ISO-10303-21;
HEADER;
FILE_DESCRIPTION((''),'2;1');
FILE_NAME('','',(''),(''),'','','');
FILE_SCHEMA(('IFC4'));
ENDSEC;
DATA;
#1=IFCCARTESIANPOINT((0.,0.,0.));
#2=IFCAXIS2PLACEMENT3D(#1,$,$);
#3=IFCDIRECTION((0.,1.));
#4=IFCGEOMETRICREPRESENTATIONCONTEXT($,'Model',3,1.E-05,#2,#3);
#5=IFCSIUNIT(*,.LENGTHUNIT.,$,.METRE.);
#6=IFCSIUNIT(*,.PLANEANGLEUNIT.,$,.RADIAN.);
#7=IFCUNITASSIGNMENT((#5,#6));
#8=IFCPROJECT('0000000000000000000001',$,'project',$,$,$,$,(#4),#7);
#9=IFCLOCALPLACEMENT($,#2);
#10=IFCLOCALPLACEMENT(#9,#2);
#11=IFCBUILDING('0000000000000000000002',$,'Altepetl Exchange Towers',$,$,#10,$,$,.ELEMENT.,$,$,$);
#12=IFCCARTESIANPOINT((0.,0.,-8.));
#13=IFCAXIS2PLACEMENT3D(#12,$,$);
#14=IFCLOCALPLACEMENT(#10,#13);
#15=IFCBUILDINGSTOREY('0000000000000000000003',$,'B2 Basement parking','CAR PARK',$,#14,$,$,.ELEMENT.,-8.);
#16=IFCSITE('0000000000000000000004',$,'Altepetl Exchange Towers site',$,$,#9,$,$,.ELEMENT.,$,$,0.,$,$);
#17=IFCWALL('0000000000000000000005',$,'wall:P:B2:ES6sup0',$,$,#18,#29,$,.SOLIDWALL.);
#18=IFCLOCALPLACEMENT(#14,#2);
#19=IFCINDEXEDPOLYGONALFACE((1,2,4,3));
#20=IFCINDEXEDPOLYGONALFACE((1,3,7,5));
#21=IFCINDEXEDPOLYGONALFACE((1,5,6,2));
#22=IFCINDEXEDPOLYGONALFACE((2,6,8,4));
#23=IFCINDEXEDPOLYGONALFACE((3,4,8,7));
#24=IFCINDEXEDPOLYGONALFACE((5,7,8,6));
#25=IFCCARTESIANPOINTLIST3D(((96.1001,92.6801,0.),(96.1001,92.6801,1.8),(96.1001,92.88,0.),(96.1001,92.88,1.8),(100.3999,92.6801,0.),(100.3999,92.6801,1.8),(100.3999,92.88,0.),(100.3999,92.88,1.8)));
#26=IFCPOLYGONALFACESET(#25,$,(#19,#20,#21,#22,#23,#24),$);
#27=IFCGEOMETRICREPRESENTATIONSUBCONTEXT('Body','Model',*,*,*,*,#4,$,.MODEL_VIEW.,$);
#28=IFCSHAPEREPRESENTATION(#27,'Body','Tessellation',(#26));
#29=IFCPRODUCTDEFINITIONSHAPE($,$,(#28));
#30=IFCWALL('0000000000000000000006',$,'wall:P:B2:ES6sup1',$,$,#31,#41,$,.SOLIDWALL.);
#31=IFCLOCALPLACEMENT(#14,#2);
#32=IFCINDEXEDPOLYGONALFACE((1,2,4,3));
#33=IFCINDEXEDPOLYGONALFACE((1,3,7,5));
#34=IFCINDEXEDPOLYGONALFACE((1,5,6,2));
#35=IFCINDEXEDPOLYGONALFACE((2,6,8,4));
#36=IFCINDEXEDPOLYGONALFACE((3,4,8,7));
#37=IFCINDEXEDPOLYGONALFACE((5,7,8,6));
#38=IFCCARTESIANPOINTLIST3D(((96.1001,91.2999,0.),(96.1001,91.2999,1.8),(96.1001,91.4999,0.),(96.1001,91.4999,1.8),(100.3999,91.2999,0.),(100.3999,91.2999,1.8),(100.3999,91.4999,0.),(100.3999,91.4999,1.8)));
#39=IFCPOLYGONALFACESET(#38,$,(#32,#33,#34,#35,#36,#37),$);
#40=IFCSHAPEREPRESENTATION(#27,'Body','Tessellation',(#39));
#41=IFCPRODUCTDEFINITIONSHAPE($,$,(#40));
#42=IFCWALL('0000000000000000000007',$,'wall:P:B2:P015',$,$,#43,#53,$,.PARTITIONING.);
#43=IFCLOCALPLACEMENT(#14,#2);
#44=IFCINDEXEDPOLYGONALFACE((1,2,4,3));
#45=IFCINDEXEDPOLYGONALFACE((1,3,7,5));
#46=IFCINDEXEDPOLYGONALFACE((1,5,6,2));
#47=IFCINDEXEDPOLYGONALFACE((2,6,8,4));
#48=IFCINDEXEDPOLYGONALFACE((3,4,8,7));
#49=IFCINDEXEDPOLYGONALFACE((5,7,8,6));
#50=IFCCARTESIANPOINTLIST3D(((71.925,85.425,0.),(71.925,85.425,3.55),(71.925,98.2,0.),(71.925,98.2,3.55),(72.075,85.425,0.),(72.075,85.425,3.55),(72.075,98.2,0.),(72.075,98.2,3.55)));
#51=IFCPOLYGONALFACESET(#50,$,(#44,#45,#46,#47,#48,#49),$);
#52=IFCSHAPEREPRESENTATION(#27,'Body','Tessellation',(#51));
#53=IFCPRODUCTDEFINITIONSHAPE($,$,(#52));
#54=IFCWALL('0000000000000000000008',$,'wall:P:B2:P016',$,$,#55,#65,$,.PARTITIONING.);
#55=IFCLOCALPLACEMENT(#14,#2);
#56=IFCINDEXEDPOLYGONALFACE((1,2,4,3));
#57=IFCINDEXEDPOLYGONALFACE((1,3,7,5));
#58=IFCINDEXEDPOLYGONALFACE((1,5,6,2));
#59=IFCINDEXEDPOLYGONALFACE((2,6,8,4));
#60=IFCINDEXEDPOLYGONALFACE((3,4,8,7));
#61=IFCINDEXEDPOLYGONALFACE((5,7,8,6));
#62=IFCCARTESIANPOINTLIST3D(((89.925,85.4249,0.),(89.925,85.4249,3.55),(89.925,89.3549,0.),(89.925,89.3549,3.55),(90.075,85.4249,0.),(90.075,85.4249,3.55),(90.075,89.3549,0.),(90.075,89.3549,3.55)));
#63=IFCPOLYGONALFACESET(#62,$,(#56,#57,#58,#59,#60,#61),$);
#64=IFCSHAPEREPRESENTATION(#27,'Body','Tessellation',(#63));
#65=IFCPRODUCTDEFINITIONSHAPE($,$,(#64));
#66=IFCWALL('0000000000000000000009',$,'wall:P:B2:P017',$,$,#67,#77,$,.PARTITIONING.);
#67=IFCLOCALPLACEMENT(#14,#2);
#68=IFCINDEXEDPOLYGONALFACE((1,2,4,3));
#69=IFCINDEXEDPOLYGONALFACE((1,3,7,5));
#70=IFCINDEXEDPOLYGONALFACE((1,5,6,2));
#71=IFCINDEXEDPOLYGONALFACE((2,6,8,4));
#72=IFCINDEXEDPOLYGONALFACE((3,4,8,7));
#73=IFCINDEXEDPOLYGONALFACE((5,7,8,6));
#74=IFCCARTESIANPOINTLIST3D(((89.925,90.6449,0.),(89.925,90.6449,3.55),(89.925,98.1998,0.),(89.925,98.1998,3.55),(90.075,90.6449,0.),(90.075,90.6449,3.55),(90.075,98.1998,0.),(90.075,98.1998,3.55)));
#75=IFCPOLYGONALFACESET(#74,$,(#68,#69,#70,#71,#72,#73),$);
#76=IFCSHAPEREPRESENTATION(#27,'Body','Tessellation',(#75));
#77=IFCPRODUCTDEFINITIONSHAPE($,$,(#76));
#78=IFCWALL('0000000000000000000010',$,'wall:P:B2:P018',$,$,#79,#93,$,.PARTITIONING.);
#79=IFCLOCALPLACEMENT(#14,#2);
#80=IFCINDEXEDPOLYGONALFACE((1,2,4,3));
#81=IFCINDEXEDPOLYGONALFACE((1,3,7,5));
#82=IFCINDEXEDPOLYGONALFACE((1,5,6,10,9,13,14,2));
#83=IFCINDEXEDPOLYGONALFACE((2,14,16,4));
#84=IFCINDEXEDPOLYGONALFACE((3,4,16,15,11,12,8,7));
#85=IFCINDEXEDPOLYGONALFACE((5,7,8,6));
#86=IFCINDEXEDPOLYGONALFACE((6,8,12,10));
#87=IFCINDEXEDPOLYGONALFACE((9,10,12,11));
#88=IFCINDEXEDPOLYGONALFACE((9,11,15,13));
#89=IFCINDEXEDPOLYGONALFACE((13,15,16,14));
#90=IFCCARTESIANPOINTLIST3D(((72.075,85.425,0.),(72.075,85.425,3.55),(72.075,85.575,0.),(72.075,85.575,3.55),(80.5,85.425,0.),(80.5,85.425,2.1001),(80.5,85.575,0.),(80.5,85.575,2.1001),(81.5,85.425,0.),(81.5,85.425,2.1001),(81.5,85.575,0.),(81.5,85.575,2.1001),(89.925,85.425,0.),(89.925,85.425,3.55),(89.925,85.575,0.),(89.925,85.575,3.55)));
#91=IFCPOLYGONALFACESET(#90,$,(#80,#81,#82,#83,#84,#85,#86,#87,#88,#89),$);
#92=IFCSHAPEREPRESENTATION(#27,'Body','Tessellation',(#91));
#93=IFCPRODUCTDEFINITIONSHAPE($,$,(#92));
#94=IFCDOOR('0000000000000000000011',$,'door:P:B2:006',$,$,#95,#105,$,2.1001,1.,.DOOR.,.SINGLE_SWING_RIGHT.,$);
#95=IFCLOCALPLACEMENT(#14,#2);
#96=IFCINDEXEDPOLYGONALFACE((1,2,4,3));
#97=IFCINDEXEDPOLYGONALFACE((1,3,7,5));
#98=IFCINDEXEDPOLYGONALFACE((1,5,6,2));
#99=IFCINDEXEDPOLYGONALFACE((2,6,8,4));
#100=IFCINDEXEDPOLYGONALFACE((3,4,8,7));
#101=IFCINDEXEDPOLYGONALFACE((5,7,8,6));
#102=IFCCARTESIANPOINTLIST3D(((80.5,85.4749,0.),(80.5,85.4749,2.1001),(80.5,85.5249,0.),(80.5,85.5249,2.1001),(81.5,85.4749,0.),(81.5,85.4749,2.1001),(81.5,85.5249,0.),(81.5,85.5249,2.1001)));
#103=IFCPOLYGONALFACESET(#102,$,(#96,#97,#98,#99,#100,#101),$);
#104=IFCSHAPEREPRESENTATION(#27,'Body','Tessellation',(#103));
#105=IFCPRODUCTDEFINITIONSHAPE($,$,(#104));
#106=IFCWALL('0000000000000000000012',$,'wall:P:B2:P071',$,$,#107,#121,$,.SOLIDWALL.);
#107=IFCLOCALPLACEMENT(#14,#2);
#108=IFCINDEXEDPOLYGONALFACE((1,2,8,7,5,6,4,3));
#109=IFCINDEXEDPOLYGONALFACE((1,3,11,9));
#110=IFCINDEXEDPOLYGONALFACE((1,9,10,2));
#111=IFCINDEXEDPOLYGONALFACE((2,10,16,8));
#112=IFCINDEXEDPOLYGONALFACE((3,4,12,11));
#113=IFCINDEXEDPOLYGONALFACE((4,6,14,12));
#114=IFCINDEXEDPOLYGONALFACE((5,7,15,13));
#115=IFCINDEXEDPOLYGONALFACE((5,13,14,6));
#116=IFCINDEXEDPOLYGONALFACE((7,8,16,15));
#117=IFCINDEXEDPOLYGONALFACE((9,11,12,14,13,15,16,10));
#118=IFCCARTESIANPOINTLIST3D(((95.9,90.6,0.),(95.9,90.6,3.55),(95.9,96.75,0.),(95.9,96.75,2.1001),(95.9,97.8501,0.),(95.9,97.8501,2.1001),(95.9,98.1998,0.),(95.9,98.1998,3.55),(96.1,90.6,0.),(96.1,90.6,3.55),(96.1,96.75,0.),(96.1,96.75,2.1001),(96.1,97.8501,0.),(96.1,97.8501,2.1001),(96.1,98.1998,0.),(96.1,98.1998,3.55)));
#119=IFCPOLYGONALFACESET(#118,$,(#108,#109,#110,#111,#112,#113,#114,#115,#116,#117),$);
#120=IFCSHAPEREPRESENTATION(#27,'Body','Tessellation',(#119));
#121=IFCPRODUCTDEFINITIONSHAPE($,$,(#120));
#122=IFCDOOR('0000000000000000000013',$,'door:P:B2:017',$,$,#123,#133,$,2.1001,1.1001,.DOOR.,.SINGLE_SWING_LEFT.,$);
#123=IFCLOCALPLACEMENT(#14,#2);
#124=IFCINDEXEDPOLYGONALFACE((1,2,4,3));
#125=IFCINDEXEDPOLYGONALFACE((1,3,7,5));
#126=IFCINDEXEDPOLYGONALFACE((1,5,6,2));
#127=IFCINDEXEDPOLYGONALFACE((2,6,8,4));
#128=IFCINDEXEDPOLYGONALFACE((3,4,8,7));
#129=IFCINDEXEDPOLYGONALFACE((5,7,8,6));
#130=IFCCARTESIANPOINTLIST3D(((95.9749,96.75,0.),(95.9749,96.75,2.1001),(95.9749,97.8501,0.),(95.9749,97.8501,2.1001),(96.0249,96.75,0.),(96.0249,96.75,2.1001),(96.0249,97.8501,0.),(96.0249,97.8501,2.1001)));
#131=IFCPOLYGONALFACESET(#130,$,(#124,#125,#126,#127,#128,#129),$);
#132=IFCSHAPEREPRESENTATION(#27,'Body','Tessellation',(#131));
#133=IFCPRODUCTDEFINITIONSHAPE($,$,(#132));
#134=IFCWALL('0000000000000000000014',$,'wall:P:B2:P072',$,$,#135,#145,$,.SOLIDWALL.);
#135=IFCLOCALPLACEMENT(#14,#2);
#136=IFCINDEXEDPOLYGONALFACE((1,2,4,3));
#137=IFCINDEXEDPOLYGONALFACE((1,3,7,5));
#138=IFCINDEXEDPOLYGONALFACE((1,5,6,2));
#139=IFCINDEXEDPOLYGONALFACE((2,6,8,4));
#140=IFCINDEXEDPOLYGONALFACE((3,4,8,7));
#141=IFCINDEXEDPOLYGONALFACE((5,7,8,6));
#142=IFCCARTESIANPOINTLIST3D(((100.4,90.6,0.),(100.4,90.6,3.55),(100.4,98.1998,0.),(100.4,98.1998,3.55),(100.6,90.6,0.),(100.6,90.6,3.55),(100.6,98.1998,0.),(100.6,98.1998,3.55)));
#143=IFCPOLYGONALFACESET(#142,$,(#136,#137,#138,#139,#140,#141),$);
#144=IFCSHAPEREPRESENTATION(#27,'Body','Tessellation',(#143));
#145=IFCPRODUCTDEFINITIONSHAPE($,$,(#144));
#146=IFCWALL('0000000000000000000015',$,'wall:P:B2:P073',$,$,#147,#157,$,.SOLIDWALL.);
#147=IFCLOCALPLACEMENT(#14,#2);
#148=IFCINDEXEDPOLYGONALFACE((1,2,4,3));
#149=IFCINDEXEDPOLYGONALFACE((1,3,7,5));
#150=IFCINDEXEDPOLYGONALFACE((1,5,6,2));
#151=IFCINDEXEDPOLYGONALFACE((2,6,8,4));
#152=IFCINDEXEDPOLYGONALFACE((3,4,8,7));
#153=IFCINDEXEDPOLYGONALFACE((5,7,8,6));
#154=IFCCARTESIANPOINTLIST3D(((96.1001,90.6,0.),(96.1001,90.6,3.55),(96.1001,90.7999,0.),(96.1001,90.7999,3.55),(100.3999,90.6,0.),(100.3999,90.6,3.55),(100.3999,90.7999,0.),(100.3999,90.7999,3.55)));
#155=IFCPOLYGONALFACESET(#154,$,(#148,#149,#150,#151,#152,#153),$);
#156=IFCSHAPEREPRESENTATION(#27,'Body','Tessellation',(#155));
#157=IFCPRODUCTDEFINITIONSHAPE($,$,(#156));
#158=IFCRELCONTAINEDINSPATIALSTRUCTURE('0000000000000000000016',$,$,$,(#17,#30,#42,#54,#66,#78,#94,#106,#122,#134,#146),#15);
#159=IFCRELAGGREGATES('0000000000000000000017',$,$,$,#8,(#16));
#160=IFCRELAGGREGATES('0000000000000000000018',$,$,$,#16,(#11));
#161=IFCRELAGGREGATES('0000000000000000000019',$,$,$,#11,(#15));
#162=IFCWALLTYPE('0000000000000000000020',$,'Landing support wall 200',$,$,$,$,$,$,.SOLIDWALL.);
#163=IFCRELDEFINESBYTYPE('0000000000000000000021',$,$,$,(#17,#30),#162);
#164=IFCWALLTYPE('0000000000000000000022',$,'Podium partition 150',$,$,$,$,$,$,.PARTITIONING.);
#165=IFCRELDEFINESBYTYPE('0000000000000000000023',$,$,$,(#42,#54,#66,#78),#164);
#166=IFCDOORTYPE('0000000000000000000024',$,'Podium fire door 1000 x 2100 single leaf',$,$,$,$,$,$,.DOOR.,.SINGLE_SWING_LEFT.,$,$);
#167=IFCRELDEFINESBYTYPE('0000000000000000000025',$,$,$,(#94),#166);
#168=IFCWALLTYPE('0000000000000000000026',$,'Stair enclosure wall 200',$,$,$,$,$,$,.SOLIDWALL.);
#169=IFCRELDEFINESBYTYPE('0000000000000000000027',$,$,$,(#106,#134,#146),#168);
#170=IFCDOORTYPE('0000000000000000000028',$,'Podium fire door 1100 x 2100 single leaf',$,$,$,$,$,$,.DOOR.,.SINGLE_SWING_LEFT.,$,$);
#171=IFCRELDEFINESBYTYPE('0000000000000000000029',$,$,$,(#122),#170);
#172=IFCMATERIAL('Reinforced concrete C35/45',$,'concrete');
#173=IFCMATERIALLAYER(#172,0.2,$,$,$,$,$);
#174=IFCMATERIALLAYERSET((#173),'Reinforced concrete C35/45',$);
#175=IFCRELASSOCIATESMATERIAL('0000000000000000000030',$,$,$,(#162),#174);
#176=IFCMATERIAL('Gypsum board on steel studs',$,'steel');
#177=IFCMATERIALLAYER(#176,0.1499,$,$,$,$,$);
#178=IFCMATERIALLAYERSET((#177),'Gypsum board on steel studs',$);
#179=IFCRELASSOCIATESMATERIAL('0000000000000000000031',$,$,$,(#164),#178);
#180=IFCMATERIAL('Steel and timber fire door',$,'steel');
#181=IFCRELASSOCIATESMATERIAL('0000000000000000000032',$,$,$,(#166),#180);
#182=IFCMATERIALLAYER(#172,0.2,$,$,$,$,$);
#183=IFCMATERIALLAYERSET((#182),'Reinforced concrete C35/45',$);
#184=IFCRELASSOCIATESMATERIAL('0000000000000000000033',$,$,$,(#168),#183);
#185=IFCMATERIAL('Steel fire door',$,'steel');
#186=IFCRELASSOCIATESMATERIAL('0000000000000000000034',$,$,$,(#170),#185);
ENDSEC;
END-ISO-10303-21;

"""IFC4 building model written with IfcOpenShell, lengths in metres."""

from ifc_helpers import new_model, si_unit, direction, frame, frame_2d, origin, place, context, subcontext, project, spatial, rectangle, extrude, material, layer, layer_set, type_object, element, fill, save


model = new_model("IFC4")

# Units and contexts
model_context = context("Model", 3, precision=1e-05, world=origin(), true_north=direction((0.0, 1.0)))
body_context = subcontext(model_context, "Body", "Model", "MODEL_VIEW")
ifc_project = project(units=[si_unit("LENGTHUNIT", "METRE"), si_unit("PLANEANGLEUNIT", "RADIAN")], contexts=[model_context])

# Site, building, storey
site_placement = place(None, origin())
site = spatial("IfcSite", under=ifc_project, at=site_placement, Name="Altepetl Exchange Towers site", CompositionType="ELEMENT", RefElevation=0.0)
building_placement = place(site_placement, origin())
building = spatial("IfcBuilding", under=site, at=building_placement, Name="Altepetl Exchange Towers", CompositionType="ELEMENT")
storey_placement = place(building_placement, frame((0.0, 0.0, -8.0)))
storey = spatial("IfcBuildingStorey", under=building, at=storey_placement, Name="B2 Basement parking", Description="CAR PARK", CompositionType="ELEMENT", Elevation=-8.0)

# Walls
ifc_material_1 = material(Name="Reinforced concrete C35/45", Category="concrete")
ifc_layer_1 = layer(ifc_material_1, 0.2)
ifc_layer_set_1 = layer_set([ifc_layer_1], Name="Reinforced concrete C35/45")
wall_type_1 = type_object("IfcWallType", Name="Landing support wall 200", PredefinedType="SOLIDWALL", material=ifc_layer_set_1)
for number, where, z_axis, x_axis, name in (
    (1, (100.3999, 92.78, 0.0), (0.0, 0.0, 1.0), (-1.0, 0.0, 0.0), "wall:P:B2:ES6sup0"),
    (2, (100.3999, 91.3999, 0.0), (0.0, 0.0, 1.0), (-1.0, 0.0, 0.0), "wall:P:B2:ES6sup1"),
):
    element("IfcWall", number, at=place(storey_placement, frame(where, z_axis=z_axis, x_axis=x_axis)), inside=storey, type_object=wall_type_1, Name=name, PredefinedType="SOLIDWALL", context=body_context, shape_type="SweptSolid", body=[
        extrude(rectangle(XDim=4.2998, YDim=0.2, at=frame_2d((2.1499, 0.0))), origin(), (0.0, 0.0, 1.0), 1.8),
    ])
ifc_material_2 = material(Name="Gypsum board on steel studs", Category="steel")
ifc_layer_2 = layer(ifc_material_2, 0.1499)
ifc_layer_set_2 = layer_set([ifc_layer_2], Name="Gypsum board on steel studs")
wall_type_2 = type_object("IfcWallType", Name="Podium partition 150", PredefinedType="PARTITIONING", material=ifc_layer_set_2)
wall_1_placement = place(storey_placement, frame((72.0, 85.425, 0.0), z_axis=(0.0, 0.0, 1.0), x_axis=(0.0, 1.0, 0.0)))
element("IfcWall", 3, at=wall_1_placement, inside=storey, type_object=wall_type_2, Name="wall:P:B2:P015", PredefinedType="PARTITIONING", context=body_context, shape_type="SweptSolid", body=[
    extrude(rectangle(XDim=12.7749, YDim=0.1499, at=frame_2d((6.3875, 0.0))), origin(), (0.0, 0.0, 1.0), 3.55),
])
wall_2_placement = place(storey_placement, frame((90.0, 85.425, 0.0), z_axis=(0.0, 0.0, 1.0), x_axis=(0.0, 1.0, 0.0)))
element("IfcWall", 4, at=wall_2_placement, inside=storey, type_object=wall_type_2, Name="wall:P:B2:P016", PredefinedType="PARTITIONING", context=body_context, shape_type="SweptSolid", body=[
    extrude(rectangle(XDim=3.9299, YDim=0.1499, at=frame_2d((1.9648, 0.0))), origin(), (0.0, 0.0, 1.0), 3.55),
])
wall_3_placement = place(storey_placement, frame((90.0, 90.645, 0.0), z_axis=(0.0, 0.0, 1.0), x_axis=(0.0, 1.0, 0.0)))
element("IfcWall", 5, at=wall_3_placement, inside=storey, type_object=wall_type_2, Name="wall:P:B2:P017", PredefinedType="PARTITIONING", context=body_context, shape_type="SweptSolid", body=[
    extrude(rectangle(XDim=7.5549, YDim=0.1499, at=frame_2d((3.7773, 0.0))), origin(), (0.0, 0.0, 1.0), 3.55),
])

# Walls, openings, doors
wall_4_placement = place(storey_placement, frame((72.075, 85.5, 0.0)))
wall_4 = element("IfcWall", 6, at=wall_4_placement, inside=storey, type_object=wall_type_2, Name="wall:P:B2:P018", PredefinedType="PARTITIONING", context=body_context, shape_type="SweptSolid", body=[
    extrude(rectangle(XDim=17.8501, YDim=0.1499, at=frame_2d((8.925, 0.0))), origin(), (0.0, 0.0, 1.0), 3.55),
])
opening_1_placement = place(wall_4_placement, frame((8.425, 0.0, 0.0)))
opening_1 = element("IfcOpeningElement", 7, at=opening_1_placement, cuts=wall_4, PredefinedType="OPENING", context=body_context, shape_type="SweptSolid", body=[
    extrude(rectangle(XDim=1.0, YDim=2.1001, at=frame_2d((0.5, 1.05))), frame((0.0, 0.085, 0.0), z_axis=(0.0, -1.0, 0.0), x_axis=(1.0, 0.0, 0.0)), (0.0, 0.0, 1.0), 0.1699),
])
ifc_material_3 = material(Name="Steel and timber fire door", Category="steel")
door_type_1 = type_object("IfcDoorType", Name="Podium fire door 1000 x 2100 single leaf", OperationType="SINGLE_SWING_LEFT", PredefinedType="DOOR", material=ifc_material_3)
door_1_placement = place(opening_1_placement, origin())
door_1 = element("IfcDoor", 8, at=door_1_placement, inside=storey, type_object=door_type_1, Name="door:P:B2:006", OperationType="SINGLE_SWING_RIGHT", OverallHeight=2.1001, OverallWidth=1.0, PredefinedType="DOOR", context=body_context, shape_type="SweptSolid", body=[
    extrude(rectangle(XDim=1.0, YDim=2.1001, at=frame_2d((0.5, 1.05))), frame((0.0, 0.0249, 0.0), z_axis=(0.0, -1.0, 0.0), x_axis=(1.0, 0.0, 0.0)), (0.0, 0.0, 1.0), 0.05),
])
fill(opening_1, door_1)
ifc_layer_3 = layer(ifc_material_1, 0.2)
ifc_layer_set_3 = layer_set([ifc_layer_3], Name="Reinforced concrete C35/45")
wall_type_3 = type_object("IfcWallType", Name="Stair enclosure wall 200", PredefinedType="SOLIDWALL", material=ifc_layer_set_3)
wall_5_placement = place(storey_placement, frame((96.0, 90.6001, 0.0), z_axis=(0.0, 0.0, 1.0), x_axis=(0.0, 1.0, 0.0)))
wall_5 = element("IfcWall", 9, at=wall_5_placement, inside=storey, type_object=wall_type_3, Name="wall:P:B2:P071", PredefinedType="SOLIDWALL", context=body_context, shape_type="SweptSolid", body=[
    extrude(rectangle(XDim=7.5999, YDim=0.2, at=frame_2d((3.7998, 0.0))), origin(), (0.0, 0.0, 1.0), 3.55),
])
opening_2_placement = place(wall_5_placement, frame((6.1499, 0.0, 0.0)))
opening_2 = element("IfcOpeningElement", 10, at=opening_2_placement, cuts=wall_5, PredefinedType="OPENING", context=body_context, shape_type="SweptSolid", body=[
    extrude(rectangle(XDim=1.1001, YDim=2.1001, at=frame_2d((0.55, 1.05))), frame((0.0, 0.1099, 0.0), z_axis=(0.0, -1.0, 0.0), x_axis=(1.0, 0.0, 0.0)), (0.0, 0.0, 1.0), 0.22),
])
ifc_material_4 = material(Name="Steel fire door", Category="steel")
door_type_2 = type_object("IfcDoorType", Name="Podium fire door 1100 x 2100 single leaf", OperationType="SINGLE_SWING_LEFT", PredefinedType="DOOR", material=ifc_material_4)
door_2_placement = place(opening_2_placement, frame((1.1001, 0.0, 0.0), x_axis=(-1.0, 0.0, 0.0)))
door_2 = element("IfcDoor", 11, at=door_2_placement, inside=storey, type_object=door_type_2, Name="door:P:B2:017", OperationType="SINGLE_SWING_LEFT", OverallHeight=2.1001, OverallWidth=1.1001, PredefinedType="DOOR", context=body_context, shape_type="SweptSolid", body=[
    extrude(rectangle(XDim=1.1001, YDim=2.1001, at=frame_2d((0.55, 1.05))), frame((0.0, 0.0249, 0.0), z_axis=(0.0, -1.0, 0.0), x_axis=(1.0, 0.0, 0.0)), (0.0, 0.0, 1.0), 0.05),
])
fill(opening_2, door_2)

# Walls
wall_6_placement = place(storey_placement, frame((100.5, 90.6001, 0.0), z_axis=(0.0, 0.0, 1.0), x_axis=(0.0, 1.0, 0.0)))
element("IfcWall", 12, at=wall_6_placement, inside=storey, type_object=wall_type_3, Name="wall:P:B2:P072", PredefinedType="SOLIDWALL", context=body_context, shape_type="SweptSolid", body=[
    extrude(rectangle(XDim=7.5999, YDim=0.2, at=frame_2d((3.7998, 0.0))), origin(), (0.0, 0.0, 1.0), 3.55),
])
wall_7_placement = place(storey_placement, frame((96.1001, 90.7, 0.0)))
element("IfcWall", 13, at=wall_7_placement, inside=storey, type_object=wall_type_3, Name="wall:P:B2:P073", PredefinedType="SOLIDWALL", context=body_context, shape_type="SweptSolid", body=[
    extrude(rectangle(XDim=4.2998, YDim=0.2, at=frame_2d((2.1499, 0.0))), origin(), (0.0, 0.0, 1.0), 3.55),
])

save(model, "model.ifc")
